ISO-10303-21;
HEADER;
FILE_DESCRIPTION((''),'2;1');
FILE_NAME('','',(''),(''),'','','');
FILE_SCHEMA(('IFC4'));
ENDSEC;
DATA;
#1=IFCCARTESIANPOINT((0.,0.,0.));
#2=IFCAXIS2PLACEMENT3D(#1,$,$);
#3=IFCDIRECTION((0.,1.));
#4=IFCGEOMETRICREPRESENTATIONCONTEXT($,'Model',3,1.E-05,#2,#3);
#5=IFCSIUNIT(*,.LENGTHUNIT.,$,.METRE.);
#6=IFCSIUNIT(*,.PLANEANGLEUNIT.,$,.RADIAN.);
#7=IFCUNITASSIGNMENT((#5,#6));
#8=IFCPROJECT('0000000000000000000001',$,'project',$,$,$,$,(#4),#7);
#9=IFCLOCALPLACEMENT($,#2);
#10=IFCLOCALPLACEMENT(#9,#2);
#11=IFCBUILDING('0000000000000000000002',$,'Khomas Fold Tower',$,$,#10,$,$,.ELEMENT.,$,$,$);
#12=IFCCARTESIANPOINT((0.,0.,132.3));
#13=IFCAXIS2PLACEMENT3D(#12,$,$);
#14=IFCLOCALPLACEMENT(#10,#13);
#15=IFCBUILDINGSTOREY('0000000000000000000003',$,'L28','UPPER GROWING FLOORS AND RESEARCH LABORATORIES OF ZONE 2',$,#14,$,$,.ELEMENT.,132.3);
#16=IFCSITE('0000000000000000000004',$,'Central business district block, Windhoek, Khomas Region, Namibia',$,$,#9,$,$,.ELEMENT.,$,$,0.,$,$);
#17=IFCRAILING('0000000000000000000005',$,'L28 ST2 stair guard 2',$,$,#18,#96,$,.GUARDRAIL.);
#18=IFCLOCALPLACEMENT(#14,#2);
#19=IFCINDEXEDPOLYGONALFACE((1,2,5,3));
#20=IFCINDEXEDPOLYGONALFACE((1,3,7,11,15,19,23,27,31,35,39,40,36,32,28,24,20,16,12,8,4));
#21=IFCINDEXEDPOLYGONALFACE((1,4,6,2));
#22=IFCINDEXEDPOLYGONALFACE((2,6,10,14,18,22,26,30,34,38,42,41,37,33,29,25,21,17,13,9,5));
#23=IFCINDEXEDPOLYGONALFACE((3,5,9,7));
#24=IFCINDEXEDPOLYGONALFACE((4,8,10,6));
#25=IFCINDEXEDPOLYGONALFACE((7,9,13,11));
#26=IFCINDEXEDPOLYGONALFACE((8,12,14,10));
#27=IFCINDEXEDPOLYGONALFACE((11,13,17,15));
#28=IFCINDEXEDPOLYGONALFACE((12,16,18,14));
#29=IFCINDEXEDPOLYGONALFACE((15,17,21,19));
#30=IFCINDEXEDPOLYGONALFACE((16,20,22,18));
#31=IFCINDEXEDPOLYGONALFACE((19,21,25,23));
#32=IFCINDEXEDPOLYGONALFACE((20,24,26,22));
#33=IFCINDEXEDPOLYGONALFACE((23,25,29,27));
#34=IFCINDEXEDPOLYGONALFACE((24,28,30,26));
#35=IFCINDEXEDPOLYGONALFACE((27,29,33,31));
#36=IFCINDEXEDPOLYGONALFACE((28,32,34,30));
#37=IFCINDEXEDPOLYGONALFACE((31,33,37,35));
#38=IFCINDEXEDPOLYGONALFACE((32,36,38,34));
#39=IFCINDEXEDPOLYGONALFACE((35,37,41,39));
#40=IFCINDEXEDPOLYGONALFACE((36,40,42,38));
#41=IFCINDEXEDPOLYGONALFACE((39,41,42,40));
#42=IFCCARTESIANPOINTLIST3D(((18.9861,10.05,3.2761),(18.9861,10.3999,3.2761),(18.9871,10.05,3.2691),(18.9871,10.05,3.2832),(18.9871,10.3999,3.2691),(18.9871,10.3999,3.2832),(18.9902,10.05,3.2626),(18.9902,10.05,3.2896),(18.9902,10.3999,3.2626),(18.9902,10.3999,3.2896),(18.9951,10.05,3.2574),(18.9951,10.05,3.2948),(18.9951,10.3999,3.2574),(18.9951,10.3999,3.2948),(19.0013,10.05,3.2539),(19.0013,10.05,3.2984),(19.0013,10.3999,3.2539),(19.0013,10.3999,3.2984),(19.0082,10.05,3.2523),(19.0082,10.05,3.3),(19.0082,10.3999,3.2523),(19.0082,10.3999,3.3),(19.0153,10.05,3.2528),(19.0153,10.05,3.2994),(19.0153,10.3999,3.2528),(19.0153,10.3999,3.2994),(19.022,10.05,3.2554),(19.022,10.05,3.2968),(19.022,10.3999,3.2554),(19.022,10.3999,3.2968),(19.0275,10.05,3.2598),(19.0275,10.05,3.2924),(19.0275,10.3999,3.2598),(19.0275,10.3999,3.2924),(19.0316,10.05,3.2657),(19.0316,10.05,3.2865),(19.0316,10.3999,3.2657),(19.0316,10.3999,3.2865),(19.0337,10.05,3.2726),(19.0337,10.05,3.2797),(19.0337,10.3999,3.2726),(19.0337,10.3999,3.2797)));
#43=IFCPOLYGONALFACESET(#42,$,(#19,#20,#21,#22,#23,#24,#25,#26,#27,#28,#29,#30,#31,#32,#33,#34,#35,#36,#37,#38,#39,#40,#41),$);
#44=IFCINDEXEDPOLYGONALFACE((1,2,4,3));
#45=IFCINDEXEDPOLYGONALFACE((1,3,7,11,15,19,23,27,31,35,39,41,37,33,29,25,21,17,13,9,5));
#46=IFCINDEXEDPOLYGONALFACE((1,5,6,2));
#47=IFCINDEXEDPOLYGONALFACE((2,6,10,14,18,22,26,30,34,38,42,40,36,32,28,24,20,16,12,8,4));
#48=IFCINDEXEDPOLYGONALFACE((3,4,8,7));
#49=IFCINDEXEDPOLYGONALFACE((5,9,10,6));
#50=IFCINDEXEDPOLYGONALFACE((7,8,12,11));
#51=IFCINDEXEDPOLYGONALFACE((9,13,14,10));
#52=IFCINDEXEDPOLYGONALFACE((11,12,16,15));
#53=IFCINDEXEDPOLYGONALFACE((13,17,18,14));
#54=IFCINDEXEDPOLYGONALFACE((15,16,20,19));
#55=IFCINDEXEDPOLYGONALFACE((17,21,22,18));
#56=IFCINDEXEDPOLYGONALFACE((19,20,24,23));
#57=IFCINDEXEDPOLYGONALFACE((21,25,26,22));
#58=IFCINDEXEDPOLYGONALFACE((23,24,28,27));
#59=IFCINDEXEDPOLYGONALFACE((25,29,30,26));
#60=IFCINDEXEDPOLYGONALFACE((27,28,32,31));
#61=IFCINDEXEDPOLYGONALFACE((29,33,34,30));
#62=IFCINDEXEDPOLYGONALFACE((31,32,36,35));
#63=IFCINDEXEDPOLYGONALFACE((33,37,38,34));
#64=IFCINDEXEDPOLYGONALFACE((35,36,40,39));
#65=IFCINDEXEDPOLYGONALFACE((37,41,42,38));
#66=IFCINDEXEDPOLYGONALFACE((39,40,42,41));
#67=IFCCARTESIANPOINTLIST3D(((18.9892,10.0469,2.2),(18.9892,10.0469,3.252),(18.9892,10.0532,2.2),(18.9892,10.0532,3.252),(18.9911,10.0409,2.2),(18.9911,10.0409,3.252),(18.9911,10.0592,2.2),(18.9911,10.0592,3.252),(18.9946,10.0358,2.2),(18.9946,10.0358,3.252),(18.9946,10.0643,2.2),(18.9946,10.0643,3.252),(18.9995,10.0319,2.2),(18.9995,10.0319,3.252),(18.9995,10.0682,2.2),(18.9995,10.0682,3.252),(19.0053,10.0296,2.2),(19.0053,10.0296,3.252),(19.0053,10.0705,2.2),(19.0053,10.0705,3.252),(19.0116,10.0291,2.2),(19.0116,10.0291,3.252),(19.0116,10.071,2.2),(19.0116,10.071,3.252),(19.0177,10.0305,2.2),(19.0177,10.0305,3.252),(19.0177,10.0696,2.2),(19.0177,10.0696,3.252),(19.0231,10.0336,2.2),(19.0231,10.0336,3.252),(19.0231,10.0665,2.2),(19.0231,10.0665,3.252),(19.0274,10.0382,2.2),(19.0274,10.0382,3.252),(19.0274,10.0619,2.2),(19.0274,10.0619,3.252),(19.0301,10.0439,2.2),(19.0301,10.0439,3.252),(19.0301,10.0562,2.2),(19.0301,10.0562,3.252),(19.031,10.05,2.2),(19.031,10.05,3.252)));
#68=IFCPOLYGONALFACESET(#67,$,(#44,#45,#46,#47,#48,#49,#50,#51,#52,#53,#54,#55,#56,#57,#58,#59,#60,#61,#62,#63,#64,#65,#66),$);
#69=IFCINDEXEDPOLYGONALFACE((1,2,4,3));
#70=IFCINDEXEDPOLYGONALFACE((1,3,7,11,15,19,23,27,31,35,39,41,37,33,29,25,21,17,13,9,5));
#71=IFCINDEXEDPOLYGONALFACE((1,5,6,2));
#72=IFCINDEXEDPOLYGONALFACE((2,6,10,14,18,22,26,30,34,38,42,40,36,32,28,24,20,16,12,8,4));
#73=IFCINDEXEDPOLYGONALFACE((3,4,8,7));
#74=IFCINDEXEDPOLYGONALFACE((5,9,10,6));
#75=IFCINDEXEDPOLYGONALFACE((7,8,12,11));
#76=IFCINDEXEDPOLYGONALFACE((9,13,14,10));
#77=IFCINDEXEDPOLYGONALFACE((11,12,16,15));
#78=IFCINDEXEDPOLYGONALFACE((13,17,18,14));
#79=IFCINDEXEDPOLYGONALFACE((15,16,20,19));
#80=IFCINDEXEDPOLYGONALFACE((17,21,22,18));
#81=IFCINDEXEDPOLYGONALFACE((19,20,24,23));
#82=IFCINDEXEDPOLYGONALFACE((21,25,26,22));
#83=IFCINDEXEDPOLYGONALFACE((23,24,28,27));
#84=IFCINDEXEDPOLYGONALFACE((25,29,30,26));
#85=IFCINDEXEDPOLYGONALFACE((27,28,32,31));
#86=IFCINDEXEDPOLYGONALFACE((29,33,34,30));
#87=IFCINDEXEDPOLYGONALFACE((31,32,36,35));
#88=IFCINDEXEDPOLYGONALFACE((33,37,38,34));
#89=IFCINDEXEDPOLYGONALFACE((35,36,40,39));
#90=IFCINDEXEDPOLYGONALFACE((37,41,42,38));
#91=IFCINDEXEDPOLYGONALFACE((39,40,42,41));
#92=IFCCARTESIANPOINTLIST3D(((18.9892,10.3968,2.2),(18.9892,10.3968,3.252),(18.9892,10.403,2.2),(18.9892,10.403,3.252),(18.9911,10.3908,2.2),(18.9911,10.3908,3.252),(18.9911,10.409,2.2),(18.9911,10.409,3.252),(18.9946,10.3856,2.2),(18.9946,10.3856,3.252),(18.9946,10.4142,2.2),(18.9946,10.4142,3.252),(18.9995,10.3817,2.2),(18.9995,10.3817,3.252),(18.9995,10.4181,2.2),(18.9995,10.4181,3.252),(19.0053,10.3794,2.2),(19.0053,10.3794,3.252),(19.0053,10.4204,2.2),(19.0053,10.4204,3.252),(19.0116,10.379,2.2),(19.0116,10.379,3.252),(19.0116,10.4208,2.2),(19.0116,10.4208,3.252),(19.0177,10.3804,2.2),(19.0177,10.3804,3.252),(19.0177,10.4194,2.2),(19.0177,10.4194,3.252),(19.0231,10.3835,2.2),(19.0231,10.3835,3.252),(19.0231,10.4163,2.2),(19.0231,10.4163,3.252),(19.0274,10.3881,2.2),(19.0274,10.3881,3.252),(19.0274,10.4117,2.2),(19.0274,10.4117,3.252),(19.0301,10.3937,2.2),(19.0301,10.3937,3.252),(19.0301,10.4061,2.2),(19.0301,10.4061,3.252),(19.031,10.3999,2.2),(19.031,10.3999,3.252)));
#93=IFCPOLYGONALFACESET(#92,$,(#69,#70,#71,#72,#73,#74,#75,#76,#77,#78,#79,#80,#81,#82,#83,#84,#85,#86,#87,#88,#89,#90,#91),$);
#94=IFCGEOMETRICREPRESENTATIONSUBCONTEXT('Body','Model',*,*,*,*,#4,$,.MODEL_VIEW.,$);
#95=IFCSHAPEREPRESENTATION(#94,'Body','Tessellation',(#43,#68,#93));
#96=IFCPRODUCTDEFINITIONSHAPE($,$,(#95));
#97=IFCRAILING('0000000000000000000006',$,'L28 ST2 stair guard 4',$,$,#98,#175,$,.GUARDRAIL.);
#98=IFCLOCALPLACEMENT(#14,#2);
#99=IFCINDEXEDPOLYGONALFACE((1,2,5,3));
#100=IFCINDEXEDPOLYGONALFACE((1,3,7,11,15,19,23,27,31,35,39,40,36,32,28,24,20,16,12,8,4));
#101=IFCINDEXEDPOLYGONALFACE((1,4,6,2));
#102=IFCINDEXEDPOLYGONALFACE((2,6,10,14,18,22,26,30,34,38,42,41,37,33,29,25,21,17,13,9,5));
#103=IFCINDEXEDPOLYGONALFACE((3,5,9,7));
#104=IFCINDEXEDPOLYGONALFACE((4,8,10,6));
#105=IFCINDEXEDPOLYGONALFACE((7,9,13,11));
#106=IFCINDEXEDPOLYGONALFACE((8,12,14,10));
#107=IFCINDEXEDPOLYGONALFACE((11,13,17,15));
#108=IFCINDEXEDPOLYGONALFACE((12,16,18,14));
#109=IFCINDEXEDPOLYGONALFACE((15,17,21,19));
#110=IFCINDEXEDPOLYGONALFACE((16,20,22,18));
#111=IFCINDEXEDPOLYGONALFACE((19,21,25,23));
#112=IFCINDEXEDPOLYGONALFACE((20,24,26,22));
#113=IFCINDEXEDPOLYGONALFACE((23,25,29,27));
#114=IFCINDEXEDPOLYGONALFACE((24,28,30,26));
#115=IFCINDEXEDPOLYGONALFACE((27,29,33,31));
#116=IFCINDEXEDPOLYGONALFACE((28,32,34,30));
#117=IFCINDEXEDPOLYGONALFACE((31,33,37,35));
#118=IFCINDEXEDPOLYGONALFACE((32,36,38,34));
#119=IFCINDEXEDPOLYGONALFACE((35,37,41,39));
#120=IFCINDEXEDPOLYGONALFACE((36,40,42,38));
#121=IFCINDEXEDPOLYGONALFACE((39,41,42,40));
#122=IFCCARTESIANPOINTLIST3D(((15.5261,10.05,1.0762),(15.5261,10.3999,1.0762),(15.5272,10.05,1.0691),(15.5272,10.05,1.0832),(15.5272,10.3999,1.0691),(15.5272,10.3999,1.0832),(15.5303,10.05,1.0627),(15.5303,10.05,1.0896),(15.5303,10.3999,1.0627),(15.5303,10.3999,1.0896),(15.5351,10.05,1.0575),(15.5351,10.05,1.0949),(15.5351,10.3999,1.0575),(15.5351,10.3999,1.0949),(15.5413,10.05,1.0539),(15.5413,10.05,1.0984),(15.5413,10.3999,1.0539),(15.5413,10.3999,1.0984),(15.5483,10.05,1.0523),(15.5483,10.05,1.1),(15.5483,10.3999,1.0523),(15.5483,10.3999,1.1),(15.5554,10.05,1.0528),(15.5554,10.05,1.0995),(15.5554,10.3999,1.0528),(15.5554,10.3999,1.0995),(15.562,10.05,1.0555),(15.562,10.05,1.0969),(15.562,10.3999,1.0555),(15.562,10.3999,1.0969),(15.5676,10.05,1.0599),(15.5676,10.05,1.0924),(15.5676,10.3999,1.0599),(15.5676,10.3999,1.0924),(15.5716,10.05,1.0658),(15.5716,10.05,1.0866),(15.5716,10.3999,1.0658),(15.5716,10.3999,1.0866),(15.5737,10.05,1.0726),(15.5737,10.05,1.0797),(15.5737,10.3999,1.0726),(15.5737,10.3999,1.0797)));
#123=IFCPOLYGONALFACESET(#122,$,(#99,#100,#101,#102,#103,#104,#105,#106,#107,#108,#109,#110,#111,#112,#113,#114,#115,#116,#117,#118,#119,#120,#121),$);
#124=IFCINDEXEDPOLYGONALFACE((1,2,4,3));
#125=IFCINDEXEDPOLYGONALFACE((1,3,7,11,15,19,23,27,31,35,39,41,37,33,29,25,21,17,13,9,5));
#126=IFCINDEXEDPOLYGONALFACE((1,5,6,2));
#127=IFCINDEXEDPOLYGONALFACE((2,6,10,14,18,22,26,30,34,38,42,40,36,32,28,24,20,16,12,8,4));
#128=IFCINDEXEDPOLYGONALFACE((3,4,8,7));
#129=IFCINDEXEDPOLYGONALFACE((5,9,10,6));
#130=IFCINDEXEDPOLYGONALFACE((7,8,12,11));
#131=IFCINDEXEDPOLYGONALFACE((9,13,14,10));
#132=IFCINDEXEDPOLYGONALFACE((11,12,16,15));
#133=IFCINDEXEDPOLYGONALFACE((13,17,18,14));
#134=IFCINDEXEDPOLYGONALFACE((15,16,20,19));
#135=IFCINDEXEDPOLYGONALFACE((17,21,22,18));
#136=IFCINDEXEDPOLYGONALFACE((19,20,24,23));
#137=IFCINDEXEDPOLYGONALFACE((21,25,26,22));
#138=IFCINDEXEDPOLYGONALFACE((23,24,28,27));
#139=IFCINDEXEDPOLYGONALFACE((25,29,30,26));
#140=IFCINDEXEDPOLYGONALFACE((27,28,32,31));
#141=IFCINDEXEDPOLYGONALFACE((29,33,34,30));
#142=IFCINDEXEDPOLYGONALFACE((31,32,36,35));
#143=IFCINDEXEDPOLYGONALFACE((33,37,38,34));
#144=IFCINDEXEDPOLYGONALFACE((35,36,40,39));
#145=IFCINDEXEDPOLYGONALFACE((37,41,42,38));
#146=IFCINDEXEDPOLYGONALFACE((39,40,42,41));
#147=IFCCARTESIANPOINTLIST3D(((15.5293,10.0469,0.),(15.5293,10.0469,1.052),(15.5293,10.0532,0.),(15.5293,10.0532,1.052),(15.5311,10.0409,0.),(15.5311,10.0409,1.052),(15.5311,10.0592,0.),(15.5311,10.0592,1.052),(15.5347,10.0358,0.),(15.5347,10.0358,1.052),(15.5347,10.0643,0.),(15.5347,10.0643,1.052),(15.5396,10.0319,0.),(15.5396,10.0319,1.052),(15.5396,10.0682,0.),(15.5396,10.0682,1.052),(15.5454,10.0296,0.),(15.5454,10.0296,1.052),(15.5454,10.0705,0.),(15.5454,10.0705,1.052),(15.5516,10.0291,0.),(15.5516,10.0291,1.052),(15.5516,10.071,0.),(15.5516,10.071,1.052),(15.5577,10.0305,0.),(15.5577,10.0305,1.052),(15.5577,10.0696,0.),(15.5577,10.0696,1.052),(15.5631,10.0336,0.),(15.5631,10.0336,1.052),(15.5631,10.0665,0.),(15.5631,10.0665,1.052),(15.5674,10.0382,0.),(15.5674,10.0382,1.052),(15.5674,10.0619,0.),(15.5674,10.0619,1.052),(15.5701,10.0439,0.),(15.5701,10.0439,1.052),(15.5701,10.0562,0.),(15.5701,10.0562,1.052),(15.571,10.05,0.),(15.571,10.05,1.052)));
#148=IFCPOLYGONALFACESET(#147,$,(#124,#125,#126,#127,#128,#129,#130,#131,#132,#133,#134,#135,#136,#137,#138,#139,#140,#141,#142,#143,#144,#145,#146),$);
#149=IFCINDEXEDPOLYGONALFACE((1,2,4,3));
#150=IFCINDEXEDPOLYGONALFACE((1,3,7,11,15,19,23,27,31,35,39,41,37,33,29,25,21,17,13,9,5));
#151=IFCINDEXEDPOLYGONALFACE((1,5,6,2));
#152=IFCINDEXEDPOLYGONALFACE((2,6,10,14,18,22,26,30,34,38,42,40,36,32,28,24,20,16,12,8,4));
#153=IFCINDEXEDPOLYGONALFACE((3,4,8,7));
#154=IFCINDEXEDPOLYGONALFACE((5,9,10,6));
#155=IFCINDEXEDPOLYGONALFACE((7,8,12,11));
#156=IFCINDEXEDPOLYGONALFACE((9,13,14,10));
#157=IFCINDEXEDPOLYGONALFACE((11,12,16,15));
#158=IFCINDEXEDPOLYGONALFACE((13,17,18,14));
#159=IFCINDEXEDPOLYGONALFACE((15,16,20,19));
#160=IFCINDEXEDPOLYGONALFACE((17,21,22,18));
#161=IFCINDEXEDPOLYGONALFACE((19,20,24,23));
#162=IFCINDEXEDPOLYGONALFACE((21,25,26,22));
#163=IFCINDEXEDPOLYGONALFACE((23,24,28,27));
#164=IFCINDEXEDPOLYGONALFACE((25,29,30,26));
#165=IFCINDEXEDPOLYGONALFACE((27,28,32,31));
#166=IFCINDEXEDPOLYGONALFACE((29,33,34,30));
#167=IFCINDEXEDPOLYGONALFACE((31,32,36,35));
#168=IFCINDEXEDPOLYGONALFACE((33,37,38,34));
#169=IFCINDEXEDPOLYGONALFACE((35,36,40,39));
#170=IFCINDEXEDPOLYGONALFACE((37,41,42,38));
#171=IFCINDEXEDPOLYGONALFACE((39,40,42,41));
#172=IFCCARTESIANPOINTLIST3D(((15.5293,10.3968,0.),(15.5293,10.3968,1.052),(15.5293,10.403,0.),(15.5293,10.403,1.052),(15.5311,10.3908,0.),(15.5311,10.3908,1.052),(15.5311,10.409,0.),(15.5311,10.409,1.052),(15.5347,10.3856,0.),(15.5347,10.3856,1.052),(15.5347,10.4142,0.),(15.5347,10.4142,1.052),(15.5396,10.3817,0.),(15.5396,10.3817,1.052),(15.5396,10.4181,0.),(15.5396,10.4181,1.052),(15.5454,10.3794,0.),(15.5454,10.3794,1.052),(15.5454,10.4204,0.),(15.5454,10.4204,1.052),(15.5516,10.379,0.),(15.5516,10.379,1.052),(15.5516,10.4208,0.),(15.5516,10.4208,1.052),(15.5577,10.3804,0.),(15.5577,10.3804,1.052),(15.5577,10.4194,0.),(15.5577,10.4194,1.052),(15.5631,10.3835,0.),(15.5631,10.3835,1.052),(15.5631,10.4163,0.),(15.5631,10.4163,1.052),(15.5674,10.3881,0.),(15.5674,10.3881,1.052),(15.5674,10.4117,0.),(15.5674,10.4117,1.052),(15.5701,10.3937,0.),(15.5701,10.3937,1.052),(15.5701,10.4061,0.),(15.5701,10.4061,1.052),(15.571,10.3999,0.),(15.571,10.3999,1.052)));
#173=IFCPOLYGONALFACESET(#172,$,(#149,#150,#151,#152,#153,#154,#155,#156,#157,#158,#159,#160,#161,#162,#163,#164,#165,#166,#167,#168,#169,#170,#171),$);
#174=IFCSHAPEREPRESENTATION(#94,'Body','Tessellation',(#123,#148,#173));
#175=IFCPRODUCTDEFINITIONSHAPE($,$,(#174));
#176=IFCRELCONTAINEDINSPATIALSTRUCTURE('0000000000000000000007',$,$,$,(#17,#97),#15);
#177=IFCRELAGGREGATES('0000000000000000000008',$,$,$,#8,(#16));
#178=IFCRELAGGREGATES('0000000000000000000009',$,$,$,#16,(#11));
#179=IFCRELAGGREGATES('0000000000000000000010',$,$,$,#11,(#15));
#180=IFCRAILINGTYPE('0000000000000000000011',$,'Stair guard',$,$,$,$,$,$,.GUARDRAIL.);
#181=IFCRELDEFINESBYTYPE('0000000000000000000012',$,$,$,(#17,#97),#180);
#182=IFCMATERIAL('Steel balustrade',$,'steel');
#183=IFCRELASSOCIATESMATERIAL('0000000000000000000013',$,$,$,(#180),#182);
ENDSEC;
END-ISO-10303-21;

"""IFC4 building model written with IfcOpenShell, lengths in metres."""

from ifc_helpers import new_model, si_unit, direction, frame, origin, origin_2d, place, context, subcontext, project, spatial, circle, extrude, source, transform, mapped, material, type_object, element, save


model = new_model("IFC4")

# Units and contexts
model_context = context("Model", 3, precision=1e-05, world=origin(), true_north=direction((0.0, 1.0)))
body_context = subcontext(model_context, "Body", "Model", "MODEL_VIEW")
ifc_project = project(units=[si_unit("LENGTHUNIT", "METRE"), si_unit("PLANEANGLEUNIT", "RADIAN")], contexts=[model_context])

# Site, building, storey
site_placement = place(None, origin())
site = spatial("IfcSite", under=ifc_project, at=site_placement, Name="Central business district block, Windhoek, Khomas Region, Namibia", CompositionType="ELEMENT", RefElevation=0.0)
building_placement = place(site_placement, origin())
building = spatial("IfcBuilding", under=site, at=building_placement, Name="Khomas Fold Tower", CompositionType="ELEMENT")
storey_placement = place(building_placement, frame((0.0, 0.0, 132.3)))
storey = spatial("IfcBuildingStorey", under=building, at=storey_placement, Name="L28", Description="UPPER GROWING FLOORS AND RESEARCH LABORATORIES OF ZONE 2", CompositionType="ELEMENT", Elevation=132.3)

# Railings
ifc_material_1 = material(Name="Steel balustrade", Category="steel")
railing_type_1 = type_object("IfcRailingType", Name="Stair guard", PredefinedType="GUARDRAIL", material=ifc_material_1)
shared_shape_1 = source(origin(), body_context, "Body", "SweptSolid", [
    extrude(circle(Radius=0.0239, at=origin_2d()), frame((0.0, 0.0, 1.0762), z_axis=(0.0, 1.0, 0.0), x_axis=(-1.0, 0.0, 0.0)), (0.0, 0.0, 1.0), 0.3499),
    extrude(circle(Radius=0.021, at=origin_2d()), origin(), (0.0, 0.0, 1.0), 1.052),
    extrude(circle(Radius=0.021, at=origin_2d()), frame((0.0, 0.3499, 0.0)), (0.0, 0.0, 1.0), 1.052),
])
for number, where, name in (
    (1, (19.01, 10.05, 2.2), "L28 ST2 stair guard 2"),
    (2, (15.55, 10.05, 0.0), "L28 ST2 stair guard 4"),
):
    element("IfcRailing", number, at=place(storey_placement, frame(where)), inside=storey, type_object=railing_type_1, Name=name, PredefinedType="GUARDRAIL", context=body_context, shape_type="MappedRepresentation", body=[
        mapped(shared_shape_1, transform((0.0, 0.0, 0.0))),
    ])

save(model, "model.ifc")
